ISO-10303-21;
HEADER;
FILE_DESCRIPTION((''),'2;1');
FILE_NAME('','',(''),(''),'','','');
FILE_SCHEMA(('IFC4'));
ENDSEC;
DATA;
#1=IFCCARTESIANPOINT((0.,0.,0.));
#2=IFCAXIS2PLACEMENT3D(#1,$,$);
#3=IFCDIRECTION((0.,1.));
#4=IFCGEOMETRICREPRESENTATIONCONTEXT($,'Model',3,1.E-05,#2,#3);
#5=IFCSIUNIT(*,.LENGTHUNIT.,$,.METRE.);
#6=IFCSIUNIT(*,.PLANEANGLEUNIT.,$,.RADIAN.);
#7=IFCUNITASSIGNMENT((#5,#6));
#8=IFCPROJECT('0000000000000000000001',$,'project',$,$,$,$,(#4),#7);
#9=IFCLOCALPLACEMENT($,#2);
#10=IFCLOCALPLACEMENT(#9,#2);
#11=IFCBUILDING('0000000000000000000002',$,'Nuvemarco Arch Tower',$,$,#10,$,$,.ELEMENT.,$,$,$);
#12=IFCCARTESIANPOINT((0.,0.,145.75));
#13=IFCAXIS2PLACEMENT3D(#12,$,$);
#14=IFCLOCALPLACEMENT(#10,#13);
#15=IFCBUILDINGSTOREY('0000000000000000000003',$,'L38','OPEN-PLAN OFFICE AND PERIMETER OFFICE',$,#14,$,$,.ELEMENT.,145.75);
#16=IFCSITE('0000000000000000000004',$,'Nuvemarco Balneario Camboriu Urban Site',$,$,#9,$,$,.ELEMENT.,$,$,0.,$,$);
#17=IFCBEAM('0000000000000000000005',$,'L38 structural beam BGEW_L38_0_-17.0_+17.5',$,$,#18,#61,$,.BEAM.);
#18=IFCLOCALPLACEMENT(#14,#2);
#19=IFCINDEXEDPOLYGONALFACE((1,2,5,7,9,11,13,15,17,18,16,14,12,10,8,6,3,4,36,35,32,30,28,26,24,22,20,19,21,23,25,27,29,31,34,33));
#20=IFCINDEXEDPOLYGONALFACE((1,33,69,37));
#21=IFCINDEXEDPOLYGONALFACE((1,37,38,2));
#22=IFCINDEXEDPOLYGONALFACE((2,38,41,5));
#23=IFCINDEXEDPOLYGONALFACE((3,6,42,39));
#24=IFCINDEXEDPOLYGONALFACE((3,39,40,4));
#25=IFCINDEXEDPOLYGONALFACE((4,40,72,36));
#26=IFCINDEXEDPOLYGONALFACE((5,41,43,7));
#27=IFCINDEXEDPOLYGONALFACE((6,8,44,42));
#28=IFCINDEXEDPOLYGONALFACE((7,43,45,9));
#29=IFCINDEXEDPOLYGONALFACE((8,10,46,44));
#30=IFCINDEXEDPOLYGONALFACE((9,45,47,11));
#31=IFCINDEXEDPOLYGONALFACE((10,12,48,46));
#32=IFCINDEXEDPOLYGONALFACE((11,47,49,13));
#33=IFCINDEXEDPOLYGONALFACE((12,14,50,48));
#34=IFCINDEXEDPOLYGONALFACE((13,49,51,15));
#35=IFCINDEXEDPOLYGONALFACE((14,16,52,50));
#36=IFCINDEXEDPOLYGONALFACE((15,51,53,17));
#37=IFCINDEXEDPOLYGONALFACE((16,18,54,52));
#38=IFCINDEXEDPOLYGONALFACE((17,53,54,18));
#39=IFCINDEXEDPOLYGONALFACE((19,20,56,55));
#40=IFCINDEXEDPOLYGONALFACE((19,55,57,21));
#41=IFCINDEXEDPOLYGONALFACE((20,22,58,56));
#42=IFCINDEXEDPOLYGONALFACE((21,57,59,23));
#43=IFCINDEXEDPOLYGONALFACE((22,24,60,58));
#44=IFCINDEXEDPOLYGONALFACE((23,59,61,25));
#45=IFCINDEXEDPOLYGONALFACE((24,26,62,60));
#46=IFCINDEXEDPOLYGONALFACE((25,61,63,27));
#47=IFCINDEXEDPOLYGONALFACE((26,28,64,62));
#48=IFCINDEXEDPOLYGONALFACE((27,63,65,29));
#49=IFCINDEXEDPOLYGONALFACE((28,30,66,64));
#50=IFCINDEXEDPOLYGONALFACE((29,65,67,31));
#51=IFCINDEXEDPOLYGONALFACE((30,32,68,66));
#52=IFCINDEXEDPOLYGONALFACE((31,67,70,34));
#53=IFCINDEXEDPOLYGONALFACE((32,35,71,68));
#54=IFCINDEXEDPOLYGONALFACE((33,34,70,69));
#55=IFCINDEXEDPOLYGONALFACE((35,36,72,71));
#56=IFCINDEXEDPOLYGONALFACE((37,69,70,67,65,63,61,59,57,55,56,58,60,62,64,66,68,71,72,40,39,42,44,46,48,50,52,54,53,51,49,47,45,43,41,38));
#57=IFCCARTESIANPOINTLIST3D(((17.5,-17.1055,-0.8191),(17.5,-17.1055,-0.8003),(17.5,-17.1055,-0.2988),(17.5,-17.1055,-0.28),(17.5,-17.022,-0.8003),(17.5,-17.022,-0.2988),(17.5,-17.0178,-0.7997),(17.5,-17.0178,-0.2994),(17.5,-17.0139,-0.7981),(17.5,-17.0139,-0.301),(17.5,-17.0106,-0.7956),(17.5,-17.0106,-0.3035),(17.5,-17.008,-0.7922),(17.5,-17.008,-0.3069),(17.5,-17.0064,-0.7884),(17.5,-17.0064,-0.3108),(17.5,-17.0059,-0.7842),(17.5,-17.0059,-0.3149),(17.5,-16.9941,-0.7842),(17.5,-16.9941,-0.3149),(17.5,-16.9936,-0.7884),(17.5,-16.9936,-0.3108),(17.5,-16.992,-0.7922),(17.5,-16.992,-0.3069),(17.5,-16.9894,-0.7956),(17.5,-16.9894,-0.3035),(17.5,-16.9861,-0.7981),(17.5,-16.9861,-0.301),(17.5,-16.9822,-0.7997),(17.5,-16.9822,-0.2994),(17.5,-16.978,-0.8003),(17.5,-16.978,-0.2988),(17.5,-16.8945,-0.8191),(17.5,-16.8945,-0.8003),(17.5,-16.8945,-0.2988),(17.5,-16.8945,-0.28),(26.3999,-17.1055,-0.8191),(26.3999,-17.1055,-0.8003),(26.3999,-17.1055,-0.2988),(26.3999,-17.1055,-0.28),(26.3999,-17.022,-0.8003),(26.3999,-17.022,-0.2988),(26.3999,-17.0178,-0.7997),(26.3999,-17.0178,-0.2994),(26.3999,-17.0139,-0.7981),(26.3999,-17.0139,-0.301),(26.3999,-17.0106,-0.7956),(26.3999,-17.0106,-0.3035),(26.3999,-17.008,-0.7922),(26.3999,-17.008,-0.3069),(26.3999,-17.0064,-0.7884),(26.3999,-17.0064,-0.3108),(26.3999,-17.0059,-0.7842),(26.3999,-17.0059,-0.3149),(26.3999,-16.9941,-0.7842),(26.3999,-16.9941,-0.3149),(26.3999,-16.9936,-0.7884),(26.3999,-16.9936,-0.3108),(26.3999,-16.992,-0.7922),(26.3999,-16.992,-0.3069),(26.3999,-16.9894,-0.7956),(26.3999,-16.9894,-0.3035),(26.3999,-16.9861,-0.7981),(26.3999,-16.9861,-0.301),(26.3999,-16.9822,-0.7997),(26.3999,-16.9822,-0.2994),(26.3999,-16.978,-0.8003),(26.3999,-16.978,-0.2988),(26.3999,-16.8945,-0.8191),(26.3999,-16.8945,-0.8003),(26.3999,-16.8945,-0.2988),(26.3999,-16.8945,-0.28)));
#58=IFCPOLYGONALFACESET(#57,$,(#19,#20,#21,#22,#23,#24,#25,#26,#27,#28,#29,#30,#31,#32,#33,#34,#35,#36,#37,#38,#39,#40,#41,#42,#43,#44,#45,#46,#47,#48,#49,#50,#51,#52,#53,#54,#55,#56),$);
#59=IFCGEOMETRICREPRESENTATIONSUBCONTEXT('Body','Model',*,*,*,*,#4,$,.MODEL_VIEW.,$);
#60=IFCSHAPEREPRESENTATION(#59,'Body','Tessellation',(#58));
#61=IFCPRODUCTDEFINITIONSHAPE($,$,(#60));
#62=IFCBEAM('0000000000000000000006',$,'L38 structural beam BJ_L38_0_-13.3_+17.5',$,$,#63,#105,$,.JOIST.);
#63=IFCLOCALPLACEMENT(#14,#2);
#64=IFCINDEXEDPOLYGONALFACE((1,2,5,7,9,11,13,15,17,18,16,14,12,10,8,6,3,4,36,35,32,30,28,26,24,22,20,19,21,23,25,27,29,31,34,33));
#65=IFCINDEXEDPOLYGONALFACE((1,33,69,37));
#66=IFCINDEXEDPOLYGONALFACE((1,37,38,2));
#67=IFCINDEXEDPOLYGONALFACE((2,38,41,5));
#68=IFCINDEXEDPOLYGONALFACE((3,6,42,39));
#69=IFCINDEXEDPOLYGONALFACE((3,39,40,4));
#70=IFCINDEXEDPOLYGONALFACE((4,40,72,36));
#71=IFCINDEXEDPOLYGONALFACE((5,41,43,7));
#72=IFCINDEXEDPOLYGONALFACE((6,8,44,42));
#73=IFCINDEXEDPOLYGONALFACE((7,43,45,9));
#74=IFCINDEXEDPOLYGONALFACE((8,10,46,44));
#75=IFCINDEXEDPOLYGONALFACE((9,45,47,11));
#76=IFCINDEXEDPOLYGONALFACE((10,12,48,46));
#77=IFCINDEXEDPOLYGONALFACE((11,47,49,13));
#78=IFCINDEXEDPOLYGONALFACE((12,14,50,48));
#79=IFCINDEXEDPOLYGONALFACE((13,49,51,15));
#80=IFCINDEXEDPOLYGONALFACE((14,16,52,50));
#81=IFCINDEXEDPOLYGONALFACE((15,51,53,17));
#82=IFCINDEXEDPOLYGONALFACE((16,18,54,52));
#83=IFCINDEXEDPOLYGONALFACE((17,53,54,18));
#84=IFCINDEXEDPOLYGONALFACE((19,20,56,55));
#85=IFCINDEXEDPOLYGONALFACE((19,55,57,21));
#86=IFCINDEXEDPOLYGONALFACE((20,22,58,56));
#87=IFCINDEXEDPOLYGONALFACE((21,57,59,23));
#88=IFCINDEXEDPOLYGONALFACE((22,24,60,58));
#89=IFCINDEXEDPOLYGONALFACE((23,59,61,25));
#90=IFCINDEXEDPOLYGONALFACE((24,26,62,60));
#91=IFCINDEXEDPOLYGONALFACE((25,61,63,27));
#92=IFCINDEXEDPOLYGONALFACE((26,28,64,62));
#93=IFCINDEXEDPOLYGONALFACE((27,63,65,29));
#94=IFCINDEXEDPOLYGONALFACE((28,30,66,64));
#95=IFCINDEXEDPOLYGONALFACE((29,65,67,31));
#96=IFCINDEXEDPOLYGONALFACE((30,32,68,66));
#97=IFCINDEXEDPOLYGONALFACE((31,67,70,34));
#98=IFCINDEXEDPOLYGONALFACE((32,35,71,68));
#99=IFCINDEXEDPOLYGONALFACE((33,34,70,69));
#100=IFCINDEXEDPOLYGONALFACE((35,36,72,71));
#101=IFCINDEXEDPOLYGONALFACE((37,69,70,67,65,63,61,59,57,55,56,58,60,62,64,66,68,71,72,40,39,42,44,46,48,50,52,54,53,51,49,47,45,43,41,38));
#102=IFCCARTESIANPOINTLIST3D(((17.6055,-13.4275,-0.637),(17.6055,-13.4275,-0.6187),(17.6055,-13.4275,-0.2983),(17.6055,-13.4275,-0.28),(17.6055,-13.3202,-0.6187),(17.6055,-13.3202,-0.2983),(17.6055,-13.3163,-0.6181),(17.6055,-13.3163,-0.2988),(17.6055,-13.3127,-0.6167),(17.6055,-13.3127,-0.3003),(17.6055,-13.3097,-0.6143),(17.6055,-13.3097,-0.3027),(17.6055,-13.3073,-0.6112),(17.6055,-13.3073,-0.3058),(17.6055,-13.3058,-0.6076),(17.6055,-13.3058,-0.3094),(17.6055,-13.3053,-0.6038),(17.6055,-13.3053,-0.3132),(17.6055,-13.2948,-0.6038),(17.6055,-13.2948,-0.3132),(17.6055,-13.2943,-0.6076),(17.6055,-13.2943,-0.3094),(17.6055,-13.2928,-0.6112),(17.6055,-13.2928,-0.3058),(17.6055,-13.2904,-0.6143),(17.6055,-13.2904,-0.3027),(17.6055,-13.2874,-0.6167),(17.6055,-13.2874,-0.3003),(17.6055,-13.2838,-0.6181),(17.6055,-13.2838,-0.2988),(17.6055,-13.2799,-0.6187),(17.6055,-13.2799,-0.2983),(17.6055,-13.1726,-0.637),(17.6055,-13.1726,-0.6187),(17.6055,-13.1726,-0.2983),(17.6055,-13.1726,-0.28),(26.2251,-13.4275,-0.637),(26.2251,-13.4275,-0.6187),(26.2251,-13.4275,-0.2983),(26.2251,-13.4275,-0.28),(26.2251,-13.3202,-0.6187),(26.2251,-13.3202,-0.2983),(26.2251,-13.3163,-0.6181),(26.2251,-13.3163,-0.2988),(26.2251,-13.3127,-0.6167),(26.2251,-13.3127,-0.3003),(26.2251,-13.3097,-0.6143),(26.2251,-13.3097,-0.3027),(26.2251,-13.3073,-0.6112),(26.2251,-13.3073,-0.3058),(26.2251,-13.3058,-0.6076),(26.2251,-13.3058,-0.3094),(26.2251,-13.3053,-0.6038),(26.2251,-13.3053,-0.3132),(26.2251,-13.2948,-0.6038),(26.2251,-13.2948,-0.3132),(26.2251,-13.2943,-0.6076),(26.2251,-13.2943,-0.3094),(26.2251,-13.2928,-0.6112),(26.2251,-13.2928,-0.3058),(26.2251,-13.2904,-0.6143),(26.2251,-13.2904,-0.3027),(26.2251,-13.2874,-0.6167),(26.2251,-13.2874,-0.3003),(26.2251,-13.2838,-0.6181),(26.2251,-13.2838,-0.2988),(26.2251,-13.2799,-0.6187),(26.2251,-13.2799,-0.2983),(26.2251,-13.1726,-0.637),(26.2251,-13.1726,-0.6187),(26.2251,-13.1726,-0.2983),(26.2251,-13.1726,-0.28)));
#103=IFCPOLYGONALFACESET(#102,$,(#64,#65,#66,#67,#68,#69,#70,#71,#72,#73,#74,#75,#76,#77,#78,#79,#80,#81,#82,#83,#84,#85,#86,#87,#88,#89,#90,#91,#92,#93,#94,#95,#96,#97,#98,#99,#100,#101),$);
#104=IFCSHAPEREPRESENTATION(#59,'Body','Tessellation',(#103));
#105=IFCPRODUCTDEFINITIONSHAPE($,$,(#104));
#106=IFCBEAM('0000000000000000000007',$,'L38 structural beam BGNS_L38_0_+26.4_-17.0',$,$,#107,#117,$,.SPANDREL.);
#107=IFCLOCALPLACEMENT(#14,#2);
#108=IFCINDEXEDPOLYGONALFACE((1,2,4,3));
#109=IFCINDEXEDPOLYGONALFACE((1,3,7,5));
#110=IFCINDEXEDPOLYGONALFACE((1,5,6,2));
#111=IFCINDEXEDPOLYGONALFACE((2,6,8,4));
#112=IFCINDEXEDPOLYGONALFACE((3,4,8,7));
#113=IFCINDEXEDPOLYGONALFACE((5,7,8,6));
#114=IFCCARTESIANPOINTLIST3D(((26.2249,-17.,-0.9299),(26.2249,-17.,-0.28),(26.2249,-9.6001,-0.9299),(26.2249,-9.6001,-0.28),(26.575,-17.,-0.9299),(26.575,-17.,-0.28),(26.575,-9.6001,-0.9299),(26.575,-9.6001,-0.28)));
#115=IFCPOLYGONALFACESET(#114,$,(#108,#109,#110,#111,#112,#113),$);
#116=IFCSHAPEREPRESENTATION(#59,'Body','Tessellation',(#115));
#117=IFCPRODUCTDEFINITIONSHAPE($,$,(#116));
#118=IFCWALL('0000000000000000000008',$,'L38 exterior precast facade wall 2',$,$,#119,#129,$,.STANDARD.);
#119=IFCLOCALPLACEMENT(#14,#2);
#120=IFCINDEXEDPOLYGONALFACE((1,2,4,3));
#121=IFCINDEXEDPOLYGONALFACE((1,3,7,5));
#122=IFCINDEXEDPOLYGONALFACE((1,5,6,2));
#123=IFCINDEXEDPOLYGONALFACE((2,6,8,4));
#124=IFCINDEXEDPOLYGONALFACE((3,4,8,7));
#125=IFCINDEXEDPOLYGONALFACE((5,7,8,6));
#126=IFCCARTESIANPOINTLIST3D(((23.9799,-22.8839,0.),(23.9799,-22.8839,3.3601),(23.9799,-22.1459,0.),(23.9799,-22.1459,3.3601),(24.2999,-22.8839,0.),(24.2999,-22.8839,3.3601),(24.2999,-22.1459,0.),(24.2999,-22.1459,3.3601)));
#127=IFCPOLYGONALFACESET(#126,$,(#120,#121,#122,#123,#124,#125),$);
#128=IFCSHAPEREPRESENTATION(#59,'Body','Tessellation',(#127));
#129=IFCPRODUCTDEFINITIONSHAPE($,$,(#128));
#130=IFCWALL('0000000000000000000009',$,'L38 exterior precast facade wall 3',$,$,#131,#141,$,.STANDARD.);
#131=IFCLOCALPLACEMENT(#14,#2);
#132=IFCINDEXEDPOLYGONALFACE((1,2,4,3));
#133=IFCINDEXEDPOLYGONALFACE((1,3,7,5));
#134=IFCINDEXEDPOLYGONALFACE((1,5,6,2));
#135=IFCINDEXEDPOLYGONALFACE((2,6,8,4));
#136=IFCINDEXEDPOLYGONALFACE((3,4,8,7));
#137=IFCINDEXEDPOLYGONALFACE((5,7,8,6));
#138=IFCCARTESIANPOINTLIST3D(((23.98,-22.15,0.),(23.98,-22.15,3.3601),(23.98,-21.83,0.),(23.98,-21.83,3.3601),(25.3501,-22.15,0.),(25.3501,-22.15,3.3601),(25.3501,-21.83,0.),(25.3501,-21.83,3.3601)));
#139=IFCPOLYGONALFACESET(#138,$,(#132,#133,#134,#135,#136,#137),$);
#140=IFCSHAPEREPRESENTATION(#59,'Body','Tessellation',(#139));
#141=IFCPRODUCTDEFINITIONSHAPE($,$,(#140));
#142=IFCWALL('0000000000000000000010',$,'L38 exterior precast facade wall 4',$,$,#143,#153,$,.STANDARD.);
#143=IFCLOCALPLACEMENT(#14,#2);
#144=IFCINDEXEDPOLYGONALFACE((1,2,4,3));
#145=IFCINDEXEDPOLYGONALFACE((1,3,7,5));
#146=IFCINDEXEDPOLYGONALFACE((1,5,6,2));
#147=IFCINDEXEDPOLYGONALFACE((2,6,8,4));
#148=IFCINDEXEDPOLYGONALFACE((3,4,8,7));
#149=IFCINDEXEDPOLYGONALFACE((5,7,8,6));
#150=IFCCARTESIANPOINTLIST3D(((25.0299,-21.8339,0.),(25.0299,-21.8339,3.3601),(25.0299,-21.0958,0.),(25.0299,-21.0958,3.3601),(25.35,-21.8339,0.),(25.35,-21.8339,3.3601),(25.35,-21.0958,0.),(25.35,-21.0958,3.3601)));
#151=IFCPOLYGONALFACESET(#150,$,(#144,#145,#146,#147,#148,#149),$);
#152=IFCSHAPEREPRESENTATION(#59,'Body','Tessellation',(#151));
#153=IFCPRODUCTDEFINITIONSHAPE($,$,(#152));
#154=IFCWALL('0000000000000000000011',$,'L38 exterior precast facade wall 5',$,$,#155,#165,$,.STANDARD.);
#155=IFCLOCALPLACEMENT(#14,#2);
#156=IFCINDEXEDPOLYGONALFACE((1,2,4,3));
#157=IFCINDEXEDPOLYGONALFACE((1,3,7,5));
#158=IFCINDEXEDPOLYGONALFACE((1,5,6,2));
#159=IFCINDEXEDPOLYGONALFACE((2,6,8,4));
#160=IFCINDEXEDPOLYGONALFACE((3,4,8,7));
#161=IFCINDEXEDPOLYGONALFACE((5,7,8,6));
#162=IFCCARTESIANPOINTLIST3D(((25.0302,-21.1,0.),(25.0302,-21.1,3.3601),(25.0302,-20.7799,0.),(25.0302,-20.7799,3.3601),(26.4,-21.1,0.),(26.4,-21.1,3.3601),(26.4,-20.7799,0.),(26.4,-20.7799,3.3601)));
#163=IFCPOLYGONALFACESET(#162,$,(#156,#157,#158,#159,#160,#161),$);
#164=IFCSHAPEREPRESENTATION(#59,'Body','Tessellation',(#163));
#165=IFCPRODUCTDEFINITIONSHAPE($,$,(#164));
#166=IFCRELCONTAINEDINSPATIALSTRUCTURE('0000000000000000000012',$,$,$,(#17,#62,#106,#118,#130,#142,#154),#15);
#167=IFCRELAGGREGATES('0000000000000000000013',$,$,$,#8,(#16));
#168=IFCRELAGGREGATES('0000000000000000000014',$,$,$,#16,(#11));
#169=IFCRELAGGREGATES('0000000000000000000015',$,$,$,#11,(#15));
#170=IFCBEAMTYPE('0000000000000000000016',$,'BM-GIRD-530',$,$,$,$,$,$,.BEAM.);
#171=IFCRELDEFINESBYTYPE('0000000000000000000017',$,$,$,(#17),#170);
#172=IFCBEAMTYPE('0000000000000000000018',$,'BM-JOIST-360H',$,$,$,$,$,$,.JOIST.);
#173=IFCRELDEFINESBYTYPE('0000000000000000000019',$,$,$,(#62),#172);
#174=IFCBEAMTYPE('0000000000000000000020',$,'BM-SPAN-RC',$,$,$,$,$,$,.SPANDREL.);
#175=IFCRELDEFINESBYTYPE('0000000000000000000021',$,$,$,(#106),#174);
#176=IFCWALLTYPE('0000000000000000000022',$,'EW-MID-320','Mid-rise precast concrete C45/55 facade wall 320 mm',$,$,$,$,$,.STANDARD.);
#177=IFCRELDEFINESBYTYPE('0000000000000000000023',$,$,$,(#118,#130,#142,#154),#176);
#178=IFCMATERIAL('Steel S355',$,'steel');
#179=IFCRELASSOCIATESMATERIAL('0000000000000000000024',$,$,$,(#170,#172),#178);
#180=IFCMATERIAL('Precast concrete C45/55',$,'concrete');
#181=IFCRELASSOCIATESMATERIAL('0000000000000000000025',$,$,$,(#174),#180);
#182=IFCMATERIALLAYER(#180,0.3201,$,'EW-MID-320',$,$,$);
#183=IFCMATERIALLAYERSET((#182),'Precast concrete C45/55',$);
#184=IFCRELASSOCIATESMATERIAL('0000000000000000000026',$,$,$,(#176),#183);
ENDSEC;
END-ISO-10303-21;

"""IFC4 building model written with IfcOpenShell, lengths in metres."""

from ifc_helpers import new_model, si_unit, direction, frame, frame_2d, origin, origin_2d, place, context, subcontext, project, spatial, rectangle, i_section, extrude, material, layer, layer_set, material_profile, profile_set, type_object, element, save


model = new_model("IFC4")

# Units and contexts
model_context = context("Model", 3, precision=1e-05, world=origin(), true_north=direction((0.0, 1.0)))
body_context = subcontext(model_context, "Body", "Model", "MODEL_VIEW")
ifc_project = project(units=[si_unit("LENGTHUNIT", "METRE"), si_unit("PLANEANGLEUNIT", "RADIAN")], contexts=[model_context])

# Site, building, storey
site_placement = place(None, origin())
site = spatial("IfcSite", under=ifc_project, at=site_placement, Name="Nuvemarco Balneario Camboriu Urban Site", CompositionType="ELEMENT", RefElevation=0.0)
building_placement = place(site_placement, origin())
building = spatial("IfcBuilding", under=site, at=building_placement, Name="Nuvemarco Arch Tower", CompositionType="ELEMENT")
storey_placement = place(building_placement, frame((0.0, 0.0, 145.75)))
storey = spatial("IfcBuildingStorey", under=building, at=storey_placement, Name="L38", Description="OPEN-PLAN OFFICE AND PERIMETER OFFICE", CompositionType="ELEMENT", Elevation=145.75)

# Shared definitions
ifc_material_1 = material(Name="Steel S355", Category="steel")

# Beams
ifc_material_profile_1 = material_profile(ifc_material_1, i_section(OverallWidth=0.2109, OverallDepth=0.5391, WebThickness=0.0117, FlangeThickness=0.0188, FilletRadius=0.0161, at=origin_2d()), Name="W530x109")
ifc_profile_set_1 = profile_set([ifc_material_profile_1], Name="Steel S355")
beam_type_1 = type_object("IfcBeamType", Name="BM-GIRD-530", PredefinedType="BEAM", material=ifc_profile_set_1)
beam_1_placement = place(storey_placement, frame((17.5, -17.0, -0.5496), z_axis=(1.0, 0.0, 0.0), x_axis=(0.0, 1.0, 0.0)))
element("IfcBeam", 1, at=beam_1_placement, inside=storey, type_object=beam_type_1, Name="L38 structural beam BGEW_L38_0_-17.0_+17.5", PredefinedType="BEAM", context=body_context, shape_type="SweptSolid", body=[
    extrude(i_section(OverallWidth=0.2109, OverallDepth=0.5391, WebThickness=0.0117, FlangeThickness=0.0188, FilletRadius=0.0161, at=origin_2d()), origin(), (0.0, 0.0, 1.0), 8.8999),
])
ifc_material_profile_2 = material_profile(ifc_material_1, i_section(OverallWidth=0.2549, OverallDepth=0.3569, WebThickness=0.0105, FlangeThickness=0.0183, FilletRadius=0.0149, at=origin_2d()), Name="W360x101")
ifc_profile_set_2 = profile_set([ifc_material_profile_2], Name="Steel S355")
beam_type_2 = type_object("IfcBeamType", Name="BM-JOIST-360H", PredefinedType="JOIST", material=ifc_profile_set_2)
beam_2_placement = place(storey_placement, frame((17.6055, -13.3, -0.4585), z_axis=(1.0, 0.0, 0.0), x_axis=(0.0, 1.0, 0.0)))
element("IfcBeam", 2, at=beam_2_placement, inside=storey, type_object=beam_type_2, Name="L38 structural beam BJ_L38_0_-13.3_+17.5", PredefinedType="JOIST", context=body_context, shape_type="SweptSolid", body=[
    extrude(i_section(OverallWidth=0.2549, OverallDepth=0.3569, WebThickness=0.0105, FlangeThickness=0.0183, FilletRadius=0.0149, at=origin_2d()), origin(), (0.0, 0.0, 1.0), 8.6196),
])
ifc_material_2 = material(Name="Precast concrete C45/55", Category="concrete")
ifc_material_profile_3 = material_profile(ifc_material_2, rectangle(XDim=0.3501, YDim=0.6499, at=origin_2d()), Name="PC-SP-350x650")
ifc_profile_set_3 = profile_set([ifc_material_profile_3], Name="Precast concrete C45/55")
beam_type_3 = type_object("IfcBeamType", Name="BM-SPAN-RC", PredefinedType="SPANDREL", material=ifc_profile_set_3)
beam_3_placement = place(storey_placement, frame((26.3999, -17.0, -0.605), z_axis=(0.0, 1.0, 0.0), x_axis=(-1.0, 0.0, 0.0)))
element("IfcBeam", 3, at=beam_3_placement, inside=storey, type_object=beam_type_3, Name="L38 structural beam BGNS_L38_0_+26.4_-17.0", PredefinedType="SPANDREL", context=body_context, shape_type="SweptSolid", body=[
    extrude(rectangle(XDim=0.3501, YDim=0.6499, at=origin_2d()), origin(), (0.0, 0.0, 1.0), 7.3999),
])

# Walls
ifc_layer_1 = layer(ifc_material_2, 0.3201, Name="EW-MID-320")
ifc_layer_set_1 = layer_set([ifc_layer_1], Name="Precast concrete C45/55")
wall_type_1 = type_object("IfcWallType", Name="EW-MID-320", Description="Mid-rise precast concrete C45/55 facade wall 320 mm", PredefinedType="STANDARD", material=ifc_layer_set_1)
wall_1_placement = place(storey_placement, frame((24.1399, -22.884, 0.0), z_axis=(0.0, 0.0, 1.0), x_axis=(0.0, 1.0, 0.0)))
element("IfcWall", 4, at=wall_1_placement, inside=storey, type_object=wall_type_1, Name="L38 exterior precast facade wall 2", PredefinedType="STANDARD", context=body_context, shape_type="SweptSolid", body=[
    extrude(rectangle(XDim=0.738, YDim=0.3201, at=frame_2d((0.3691, 0.0))), origin(), (0.0, 0.0, 1.0), 3.3601),
])
wall_2_placement = place(storey_placement, frame((23.98, -21.99, 0.0), z_axis=(0.0, 0.0, 1.0), x_axis=(1.0, 0.0, 0.0)))
element("IfcWall", 5, at=wall_2_placement, inside=storey, type_object=wall_type_1, Name="L38 exterior precast facade wall 3", PredefinedType="STANDARD", context=body_context, shape_type="SweptSolid", body=[
    extrude(rectangle(XDim=1.3701, YDim=0.3201, at=frame_2d((0.6851, 0.0))), origin(), (0.0, 0.0, 1.0), 3.3601),
])
wall_3_placement = place(storey_placement, frame((25.1899, -21.834, 0.0), z_axis=(0.0, 0.0, 1.0), x_axis=(0.0, 1.0, 0.0)))
element("IfcWall", 6, at=wall_3_placement, inside=storey, type_object=wall_type_1, Name="L38 exterior precast facade wall 4", PredefinedType="STANDARD", context=body_context, shape_type="SweptSolid", body=[
    extrude(rectangle(XDim=0.738, YDim=0.3201, at=frame_2d((0.3691, 0.0))), origin(), (0.0, 0.0, 1.0), 3.3601),
])
wall_4_placement = place(storey_placement, frame((25.03, -20.9399, 0.0), z_axis=(0.0, 0.0, 1.0), x_axis=(1.0, 0.0, 0.0)))
element("IfcWall", 7, at=wall_4_placement, inside=storey, type_object=wall_type_1, Name="L38 exterior precast facade wall 5", PredefinedType="STANDARD", context=body_context, shape_type="SweptSolid", body=[
    extrude(rectangle(XDim=1.3699, YDim=0.3201, at=frame_2d((0.6851, 0.0))), origin(), (0.0, 0.0, 1.0), 3.3601),
])

save(model, "model.ifc")
